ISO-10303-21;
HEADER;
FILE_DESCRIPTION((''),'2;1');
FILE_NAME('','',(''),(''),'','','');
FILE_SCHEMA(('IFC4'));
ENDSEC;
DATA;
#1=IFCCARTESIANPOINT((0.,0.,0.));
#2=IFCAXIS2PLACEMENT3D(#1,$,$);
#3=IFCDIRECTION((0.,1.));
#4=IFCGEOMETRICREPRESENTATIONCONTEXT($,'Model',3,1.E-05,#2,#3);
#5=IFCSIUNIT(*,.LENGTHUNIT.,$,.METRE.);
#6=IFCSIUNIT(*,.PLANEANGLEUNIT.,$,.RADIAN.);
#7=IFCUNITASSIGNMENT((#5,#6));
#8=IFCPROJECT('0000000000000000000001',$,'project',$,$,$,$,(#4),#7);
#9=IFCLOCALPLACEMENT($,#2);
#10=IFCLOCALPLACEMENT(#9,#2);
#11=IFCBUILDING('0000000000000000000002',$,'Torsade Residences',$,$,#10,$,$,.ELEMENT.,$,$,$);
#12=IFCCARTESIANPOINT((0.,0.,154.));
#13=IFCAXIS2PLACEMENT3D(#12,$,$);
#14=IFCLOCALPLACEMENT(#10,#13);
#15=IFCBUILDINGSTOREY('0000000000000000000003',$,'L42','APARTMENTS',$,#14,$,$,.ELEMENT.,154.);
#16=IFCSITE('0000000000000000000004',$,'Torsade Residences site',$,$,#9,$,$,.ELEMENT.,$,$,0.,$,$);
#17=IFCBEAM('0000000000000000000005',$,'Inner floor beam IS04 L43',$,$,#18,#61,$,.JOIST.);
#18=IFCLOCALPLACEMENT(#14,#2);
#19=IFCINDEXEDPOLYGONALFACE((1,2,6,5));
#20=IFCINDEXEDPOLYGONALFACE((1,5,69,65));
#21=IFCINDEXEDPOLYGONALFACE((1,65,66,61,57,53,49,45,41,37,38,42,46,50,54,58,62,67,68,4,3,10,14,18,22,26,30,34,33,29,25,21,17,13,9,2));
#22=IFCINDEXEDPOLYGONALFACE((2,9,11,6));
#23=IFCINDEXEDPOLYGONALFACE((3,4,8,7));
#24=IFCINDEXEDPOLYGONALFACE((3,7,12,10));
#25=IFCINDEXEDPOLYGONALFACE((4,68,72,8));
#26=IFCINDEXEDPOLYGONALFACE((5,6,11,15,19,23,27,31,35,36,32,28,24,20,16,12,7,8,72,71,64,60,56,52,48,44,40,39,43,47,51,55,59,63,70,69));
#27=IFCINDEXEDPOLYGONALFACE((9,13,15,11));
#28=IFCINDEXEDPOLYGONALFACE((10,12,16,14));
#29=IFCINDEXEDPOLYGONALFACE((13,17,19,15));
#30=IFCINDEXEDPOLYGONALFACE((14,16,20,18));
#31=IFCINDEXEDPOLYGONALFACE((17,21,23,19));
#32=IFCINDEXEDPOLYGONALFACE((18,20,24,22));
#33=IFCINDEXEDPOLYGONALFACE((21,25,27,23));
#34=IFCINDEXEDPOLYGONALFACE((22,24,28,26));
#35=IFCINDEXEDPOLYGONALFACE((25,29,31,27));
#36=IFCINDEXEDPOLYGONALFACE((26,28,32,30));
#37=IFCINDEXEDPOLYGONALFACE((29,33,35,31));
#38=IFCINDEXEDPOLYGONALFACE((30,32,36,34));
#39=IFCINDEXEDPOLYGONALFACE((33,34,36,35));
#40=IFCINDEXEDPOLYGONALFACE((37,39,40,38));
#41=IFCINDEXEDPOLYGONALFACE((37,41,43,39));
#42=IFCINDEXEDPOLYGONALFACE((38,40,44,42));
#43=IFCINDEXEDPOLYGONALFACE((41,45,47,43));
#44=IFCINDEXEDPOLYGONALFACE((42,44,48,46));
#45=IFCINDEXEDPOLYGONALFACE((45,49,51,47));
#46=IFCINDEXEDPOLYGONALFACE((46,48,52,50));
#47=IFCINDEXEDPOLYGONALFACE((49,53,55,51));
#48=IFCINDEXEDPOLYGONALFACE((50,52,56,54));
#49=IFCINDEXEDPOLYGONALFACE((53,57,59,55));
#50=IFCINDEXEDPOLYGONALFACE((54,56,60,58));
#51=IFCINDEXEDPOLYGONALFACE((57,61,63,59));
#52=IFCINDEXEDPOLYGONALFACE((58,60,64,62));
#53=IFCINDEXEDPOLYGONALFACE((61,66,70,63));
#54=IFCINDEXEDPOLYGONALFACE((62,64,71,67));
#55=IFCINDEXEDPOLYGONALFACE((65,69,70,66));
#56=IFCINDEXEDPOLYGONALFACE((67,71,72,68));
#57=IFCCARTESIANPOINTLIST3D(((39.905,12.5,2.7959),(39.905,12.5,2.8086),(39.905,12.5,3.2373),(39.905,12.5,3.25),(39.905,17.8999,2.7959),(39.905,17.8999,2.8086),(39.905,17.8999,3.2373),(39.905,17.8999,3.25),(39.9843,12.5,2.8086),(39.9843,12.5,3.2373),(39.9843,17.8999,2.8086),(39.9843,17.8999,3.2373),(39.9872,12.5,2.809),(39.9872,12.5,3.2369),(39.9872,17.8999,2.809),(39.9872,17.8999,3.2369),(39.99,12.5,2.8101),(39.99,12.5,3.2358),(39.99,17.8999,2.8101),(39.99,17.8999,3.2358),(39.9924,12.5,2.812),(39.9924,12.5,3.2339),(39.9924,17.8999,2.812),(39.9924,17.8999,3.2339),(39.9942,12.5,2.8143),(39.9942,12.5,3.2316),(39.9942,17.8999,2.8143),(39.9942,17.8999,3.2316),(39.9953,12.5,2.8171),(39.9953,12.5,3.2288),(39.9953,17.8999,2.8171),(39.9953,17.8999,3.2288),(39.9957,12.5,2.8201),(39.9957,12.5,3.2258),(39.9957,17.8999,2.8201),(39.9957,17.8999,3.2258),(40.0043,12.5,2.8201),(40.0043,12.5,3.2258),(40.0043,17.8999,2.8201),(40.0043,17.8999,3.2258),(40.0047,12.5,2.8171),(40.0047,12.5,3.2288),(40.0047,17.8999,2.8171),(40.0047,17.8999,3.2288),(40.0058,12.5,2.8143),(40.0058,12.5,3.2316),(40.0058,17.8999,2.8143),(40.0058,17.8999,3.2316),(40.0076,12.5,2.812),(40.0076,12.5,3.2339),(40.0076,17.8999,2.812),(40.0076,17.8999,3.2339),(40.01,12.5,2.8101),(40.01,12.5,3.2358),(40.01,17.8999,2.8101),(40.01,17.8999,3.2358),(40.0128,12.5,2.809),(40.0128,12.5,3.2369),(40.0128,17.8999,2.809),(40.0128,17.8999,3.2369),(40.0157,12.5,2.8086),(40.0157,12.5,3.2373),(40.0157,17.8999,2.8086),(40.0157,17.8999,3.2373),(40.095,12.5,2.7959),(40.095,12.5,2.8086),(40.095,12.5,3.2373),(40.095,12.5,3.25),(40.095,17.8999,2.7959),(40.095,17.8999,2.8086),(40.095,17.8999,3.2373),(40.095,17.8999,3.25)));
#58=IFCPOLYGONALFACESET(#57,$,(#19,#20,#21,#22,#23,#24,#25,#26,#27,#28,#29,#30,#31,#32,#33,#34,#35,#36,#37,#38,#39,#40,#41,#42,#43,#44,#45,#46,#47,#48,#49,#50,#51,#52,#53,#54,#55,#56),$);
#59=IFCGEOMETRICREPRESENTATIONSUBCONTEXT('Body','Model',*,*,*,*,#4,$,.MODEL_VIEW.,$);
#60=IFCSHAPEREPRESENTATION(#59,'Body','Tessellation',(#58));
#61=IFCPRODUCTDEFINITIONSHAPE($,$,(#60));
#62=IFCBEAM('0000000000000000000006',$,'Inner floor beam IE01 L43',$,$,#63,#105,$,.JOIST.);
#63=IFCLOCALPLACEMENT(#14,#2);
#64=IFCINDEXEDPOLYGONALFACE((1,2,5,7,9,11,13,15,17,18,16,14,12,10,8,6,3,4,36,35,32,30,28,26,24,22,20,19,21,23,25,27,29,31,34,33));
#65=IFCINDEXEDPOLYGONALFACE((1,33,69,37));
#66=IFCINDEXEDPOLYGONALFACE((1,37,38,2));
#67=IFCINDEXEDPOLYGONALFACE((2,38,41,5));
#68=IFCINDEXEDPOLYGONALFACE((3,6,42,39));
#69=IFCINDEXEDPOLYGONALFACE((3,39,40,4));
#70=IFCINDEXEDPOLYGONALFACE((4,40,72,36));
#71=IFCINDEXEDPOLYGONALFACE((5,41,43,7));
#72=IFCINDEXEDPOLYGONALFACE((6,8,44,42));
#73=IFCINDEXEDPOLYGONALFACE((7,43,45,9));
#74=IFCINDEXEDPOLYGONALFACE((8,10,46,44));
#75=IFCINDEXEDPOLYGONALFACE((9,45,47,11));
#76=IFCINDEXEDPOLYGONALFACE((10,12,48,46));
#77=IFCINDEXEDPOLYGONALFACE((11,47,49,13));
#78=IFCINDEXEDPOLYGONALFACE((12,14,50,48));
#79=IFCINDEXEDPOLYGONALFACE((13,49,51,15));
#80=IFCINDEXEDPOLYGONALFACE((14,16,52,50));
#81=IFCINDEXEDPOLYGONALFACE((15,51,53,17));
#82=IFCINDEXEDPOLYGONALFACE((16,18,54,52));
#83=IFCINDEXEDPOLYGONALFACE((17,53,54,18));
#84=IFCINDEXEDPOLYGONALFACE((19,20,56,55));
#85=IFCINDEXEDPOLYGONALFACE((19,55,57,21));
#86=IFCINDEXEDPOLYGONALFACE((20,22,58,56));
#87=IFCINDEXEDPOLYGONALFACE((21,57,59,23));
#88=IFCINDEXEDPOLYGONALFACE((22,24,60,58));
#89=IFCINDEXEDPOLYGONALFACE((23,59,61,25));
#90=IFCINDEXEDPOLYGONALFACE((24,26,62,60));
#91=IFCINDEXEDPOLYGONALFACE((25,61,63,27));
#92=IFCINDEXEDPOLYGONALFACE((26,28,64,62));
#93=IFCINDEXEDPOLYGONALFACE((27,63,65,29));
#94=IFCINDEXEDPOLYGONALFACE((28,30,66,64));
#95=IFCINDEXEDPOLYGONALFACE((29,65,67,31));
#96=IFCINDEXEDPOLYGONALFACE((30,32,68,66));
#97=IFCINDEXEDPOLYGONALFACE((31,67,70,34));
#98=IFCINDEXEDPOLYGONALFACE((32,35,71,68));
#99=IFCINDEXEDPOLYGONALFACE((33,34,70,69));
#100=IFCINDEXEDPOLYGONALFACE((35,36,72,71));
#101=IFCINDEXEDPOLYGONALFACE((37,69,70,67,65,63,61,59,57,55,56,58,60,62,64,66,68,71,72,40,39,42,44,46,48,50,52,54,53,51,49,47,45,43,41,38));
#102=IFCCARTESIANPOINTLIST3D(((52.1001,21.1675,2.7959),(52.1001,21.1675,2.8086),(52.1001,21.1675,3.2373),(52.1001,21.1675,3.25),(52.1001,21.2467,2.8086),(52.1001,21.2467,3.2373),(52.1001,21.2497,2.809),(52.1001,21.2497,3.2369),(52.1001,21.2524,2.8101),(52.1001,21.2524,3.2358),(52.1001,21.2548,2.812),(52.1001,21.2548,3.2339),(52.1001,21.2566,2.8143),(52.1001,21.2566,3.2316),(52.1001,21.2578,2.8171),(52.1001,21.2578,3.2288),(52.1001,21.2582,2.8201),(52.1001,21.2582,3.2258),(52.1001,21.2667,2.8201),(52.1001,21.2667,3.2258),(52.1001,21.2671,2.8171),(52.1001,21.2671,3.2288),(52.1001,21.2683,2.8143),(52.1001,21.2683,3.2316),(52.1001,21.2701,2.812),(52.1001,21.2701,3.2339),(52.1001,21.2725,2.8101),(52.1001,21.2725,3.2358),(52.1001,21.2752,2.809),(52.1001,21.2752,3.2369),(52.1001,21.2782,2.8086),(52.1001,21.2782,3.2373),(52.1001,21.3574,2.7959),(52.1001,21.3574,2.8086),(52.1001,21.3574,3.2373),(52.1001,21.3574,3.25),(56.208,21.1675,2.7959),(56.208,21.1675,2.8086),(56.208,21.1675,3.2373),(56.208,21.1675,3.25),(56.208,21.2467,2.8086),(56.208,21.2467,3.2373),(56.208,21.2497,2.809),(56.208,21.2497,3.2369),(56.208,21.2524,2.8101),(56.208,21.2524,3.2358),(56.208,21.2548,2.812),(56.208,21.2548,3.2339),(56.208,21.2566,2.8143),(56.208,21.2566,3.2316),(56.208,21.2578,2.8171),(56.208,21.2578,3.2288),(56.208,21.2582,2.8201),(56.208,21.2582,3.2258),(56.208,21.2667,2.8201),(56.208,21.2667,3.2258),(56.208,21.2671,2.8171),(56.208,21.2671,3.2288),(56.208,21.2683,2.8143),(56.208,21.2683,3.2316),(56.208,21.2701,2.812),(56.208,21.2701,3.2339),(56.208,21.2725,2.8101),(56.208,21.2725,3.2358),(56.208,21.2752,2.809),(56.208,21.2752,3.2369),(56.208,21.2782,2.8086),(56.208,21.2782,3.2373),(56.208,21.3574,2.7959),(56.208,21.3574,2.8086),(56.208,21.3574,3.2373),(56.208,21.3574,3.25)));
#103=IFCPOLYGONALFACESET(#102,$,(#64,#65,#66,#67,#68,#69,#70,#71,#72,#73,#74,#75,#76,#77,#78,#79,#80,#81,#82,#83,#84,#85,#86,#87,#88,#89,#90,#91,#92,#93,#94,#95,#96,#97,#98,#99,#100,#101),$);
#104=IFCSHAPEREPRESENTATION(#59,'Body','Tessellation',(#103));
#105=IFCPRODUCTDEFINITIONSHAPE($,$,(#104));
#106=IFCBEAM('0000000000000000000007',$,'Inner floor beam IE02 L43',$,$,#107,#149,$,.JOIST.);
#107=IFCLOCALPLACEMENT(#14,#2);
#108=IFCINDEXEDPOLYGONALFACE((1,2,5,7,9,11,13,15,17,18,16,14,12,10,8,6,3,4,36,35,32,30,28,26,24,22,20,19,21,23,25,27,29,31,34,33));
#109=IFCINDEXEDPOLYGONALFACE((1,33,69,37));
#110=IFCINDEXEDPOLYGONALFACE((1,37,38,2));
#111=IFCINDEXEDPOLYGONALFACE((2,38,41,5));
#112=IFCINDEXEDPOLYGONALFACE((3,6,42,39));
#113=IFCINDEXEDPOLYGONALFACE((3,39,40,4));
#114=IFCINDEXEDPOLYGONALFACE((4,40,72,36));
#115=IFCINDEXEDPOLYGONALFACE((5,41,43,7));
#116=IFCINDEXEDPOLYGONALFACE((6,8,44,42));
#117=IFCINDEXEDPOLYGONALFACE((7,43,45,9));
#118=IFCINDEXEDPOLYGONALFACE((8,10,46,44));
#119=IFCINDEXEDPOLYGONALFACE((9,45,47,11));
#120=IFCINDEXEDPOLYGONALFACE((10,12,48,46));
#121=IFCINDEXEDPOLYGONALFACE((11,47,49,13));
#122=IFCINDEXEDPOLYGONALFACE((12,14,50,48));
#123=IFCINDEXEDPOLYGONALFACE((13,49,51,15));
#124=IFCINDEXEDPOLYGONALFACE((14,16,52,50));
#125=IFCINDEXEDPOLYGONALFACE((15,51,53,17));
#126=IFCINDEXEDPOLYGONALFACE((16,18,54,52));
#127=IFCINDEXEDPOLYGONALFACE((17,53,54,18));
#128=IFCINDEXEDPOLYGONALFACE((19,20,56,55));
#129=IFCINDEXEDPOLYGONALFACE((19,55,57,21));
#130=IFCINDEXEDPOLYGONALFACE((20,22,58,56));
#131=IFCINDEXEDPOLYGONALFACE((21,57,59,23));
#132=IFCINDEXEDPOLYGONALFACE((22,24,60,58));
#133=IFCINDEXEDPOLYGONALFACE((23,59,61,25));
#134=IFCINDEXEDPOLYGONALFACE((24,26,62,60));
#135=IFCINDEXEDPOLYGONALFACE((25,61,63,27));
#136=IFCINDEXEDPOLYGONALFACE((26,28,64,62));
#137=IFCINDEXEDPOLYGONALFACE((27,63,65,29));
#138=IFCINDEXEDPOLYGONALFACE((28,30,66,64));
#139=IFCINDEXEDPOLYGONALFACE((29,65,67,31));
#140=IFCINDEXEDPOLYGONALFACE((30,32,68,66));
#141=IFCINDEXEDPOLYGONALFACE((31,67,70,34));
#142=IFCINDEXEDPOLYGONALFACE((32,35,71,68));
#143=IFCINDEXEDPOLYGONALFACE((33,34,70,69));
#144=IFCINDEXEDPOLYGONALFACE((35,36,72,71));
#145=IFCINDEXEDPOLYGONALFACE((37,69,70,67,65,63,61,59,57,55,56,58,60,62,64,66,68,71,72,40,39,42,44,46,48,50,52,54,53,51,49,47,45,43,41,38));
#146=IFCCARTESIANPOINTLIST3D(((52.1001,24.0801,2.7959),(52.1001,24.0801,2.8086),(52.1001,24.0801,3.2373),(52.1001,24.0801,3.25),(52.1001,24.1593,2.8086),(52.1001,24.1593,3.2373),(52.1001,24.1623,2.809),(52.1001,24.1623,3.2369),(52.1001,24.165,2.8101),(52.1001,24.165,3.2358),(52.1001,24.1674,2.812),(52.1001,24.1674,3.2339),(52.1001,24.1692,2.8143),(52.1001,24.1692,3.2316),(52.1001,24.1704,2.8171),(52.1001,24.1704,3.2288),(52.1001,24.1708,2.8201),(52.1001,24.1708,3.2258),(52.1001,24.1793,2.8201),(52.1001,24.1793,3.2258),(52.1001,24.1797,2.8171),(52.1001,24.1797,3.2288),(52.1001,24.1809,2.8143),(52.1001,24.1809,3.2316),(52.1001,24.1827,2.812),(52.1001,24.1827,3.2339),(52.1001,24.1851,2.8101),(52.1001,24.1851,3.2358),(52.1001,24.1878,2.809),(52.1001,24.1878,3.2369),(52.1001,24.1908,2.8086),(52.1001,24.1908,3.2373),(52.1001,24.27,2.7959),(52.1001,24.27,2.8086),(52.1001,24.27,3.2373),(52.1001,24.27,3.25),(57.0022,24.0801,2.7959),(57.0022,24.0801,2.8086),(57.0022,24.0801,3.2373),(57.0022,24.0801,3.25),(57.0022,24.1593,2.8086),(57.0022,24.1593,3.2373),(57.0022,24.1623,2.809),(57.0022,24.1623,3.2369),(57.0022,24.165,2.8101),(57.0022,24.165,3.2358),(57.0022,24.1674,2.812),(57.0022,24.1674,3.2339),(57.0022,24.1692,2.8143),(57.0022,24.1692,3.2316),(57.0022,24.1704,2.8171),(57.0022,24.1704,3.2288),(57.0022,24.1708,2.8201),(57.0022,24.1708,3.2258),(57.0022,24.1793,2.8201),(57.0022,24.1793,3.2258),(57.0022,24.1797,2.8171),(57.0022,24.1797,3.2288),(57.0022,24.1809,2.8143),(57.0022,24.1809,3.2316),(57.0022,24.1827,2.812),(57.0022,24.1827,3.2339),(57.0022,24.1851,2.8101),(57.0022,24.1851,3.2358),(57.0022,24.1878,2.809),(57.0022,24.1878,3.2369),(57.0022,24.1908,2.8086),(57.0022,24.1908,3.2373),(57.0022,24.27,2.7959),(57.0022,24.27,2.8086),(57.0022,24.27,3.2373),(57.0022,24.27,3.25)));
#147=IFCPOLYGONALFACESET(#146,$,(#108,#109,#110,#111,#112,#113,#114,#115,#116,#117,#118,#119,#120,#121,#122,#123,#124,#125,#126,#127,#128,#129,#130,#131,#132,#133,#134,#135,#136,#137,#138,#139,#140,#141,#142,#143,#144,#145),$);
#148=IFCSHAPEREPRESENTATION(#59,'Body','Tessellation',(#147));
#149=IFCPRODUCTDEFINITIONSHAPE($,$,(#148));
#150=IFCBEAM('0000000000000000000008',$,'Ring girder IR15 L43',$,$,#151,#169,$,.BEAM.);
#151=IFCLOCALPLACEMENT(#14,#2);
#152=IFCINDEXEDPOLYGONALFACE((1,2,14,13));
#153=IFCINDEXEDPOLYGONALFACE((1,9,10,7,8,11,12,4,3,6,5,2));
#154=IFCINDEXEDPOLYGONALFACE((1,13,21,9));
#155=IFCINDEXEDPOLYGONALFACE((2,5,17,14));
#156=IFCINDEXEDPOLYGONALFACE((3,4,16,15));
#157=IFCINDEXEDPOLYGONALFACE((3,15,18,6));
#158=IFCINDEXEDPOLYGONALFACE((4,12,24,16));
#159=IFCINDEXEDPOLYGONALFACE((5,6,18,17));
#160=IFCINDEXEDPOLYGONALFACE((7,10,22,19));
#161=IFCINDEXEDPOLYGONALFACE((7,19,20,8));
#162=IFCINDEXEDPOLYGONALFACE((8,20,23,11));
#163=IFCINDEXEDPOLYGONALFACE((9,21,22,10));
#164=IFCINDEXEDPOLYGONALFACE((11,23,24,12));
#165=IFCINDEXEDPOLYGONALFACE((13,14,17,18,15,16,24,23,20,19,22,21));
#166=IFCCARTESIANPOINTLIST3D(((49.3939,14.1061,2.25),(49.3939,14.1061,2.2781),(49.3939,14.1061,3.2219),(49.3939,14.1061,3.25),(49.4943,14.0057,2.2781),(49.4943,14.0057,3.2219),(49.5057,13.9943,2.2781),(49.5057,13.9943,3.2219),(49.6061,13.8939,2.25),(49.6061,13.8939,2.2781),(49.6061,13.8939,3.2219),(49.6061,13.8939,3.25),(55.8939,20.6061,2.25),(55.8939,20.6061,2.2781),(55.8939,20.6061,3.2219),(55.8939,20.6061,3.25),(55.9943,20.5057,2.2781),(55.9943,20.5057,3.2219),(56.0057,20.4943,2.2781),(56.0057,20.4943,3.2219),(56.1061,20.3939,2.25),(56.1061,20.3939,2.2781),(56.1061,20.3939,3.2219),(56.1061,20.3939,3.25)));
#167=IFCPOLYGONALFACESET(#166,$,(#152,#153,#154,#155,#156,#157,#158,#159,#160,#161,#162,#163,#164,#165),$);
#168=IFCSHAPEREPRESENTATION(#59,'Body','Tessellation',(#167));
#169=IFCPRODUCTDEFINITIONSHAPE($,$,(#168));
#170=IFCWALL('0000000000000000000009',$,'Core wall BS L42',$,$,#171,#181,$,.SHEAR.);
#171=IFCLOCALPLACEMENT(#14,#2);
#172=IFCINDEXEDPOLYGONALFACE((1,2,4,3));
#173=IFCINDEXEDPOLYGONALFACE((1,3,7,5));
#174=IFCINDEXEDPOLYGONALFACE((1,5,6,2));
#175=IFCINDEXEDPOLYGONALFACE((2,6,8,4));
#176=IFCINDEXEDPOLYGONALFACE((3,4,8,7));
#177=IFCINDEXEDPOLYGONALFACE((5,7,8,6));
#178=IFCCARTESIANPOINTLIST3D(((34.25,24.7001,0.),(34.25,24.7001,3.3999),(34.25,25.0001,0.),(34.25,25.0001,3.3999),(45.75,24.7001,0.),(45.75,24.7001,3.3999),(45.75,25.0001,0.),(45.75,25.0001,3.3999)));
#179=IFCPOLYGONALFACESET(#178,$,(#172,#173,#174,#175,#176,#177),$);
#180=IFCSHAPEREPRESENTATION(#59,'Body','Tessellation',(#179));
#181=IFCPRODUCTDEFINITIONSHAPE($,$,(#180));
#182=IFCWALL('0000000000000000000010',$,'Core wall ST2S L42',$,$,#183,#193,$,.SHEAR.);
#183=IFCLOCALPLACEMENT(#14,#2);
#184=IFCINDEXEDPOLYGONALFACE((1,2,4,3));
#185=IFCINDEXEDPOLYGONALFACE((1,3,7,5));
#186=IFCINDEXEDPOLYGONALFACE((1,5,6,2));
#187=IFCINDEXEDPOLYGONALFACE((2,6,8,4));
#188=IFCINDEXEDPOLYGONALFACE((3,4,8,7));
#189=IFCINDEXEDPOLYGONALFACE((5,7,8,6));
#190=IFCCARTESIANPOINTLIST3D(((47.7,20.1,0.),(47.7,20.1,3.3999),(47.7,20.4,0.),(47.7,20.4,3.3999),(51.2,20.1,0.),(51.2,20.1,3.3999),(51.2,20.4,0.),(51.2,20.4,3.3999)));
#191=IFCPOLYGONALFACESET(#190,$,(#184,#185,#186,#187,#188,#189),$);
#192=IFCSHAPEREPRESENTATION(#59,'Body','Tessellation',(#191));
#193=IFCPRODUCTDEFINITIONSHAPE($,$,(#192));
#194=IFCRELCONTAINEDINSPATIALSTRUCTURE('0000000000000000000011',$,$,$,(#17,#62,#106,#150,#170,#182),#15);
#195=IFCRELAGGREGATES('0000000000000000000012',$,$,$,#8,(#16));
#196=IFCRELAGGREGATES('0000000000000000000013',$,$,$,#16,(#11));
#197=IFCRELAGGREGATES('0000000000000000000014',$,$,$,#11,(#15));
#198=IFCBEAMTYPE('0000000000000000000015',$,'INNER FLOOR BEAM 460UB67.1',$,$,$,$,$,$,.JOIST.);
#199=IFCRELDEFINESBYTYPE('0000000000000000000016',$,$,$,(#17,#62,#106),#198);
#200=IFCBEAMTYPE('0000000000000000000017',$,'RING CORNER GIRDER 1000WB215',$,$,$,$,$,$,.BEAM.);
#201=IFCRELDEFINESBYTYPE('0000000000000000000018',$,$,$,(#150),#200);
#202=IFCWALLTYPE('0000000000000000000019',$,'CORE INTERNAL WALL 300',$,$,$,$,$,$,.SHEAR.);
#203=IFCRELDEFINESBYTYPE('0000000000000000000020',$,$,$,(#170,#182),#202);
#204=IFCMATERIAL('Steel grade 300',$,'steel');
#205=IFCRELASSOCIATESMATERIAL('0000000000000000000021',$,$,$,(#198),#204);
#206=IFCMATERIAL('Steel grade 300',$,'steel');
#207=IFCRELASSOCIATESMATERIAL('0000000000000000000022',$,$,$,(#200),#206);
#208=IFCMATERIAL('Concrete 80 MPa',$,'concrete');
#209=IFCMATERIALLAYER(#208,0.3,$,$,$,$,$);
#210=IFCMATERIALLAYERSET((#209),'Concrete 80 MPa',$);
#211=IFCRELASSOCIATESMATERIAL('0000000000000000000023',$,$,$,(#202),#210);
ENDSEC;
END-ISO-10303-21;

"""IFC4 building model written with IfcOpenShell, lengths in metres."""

from ifc_helpers import new_model, si_unit, direction, frame, frame_2d, origin, origin_2d, place, context, subcontext, project, spatial, rectangle, i_section, extrude, material, layer, layer_set, material_profile, profile_set, type_object, element, save


model = new_model("IFC4")

# Units and contexts
model_context = context("Model", 3, precision=1e-05, world=origin(), true_north=direction((0.0, 1.0)))
body_context = subcontext(model_context, "Body", "Model", "MODEL_VIEW")
ifc_project = project(units=[si_unit("LENGTHUNIT", "METRE"), si_unit("PLANEANGLEUNIT", "RADIAN")], contexts=[model_context])

# Site, building, storey
site_placement = place(None, origin())
site = spatial("IfcSite", under=ifc_project, at=site_placement, Name="Torsade Residences site", CompositionType="ELEMENT", RefElevation=0.0)
building_placement = place(site_placement, origin())
building = spatial("IfcBuilding", under=site, at=building_placement, Name="Torsade Residences", CompositionType="ELEMENT")
storey_placement = place(building_placement, frame((0.0, 0.0, 154.0)))
storey = spatial("IfcBuildingStorey", under=building, at=storey_placement, Name="L42", Description="APARTMENTS", CompositionType="ELEMENT", Elevation=154.0)

# Beams
ifc_material_1 = material(Name="Steel grade 300", Category="steel")
ifc_material_profile_1 = material_profile(ifc_material_1, i_section(OverallWidth=0.1899, OverallDepth=0.4541, WebThickness=0.0085, FlangeThickness=0.0127, FilletRadius=0.0115, at=origin_2d()), Name="460UB67.1")
ifc_profile_set_1 = profile_set([ifc_material_profile_1], Name="Steel grade 300")
beam_type_1 = type_object("IfcBeamType", Name="INNER FLOOR BEAM 460UB67.1", PredefinedType="JOIST", material=ifc_profile_set_1)
for number, where, z_axis, x_axis, name in (
    (1, (40.0, 17.8999, 3.0229), (0.0, -1.0, 0.0), (1.0, 0.0, 0.0), "Inner floor beam IS04 L43"),
):
    element("IfcBeam", number, at=place(storey_placement, frame(where, z_axis=z_axis, x_axis=x_axis)), inside=storey, type_object=beam_type_1, Name=name, PredefinedType="JOIST", context=body_context, shape_type="SweptSolid", body=[
        extrude(i_section(OverallWidth=0.1899, OverallDepth=0.4541, WebThickness=0.0085, FlangeThickness=0.0127, FilletRadius=0.0115, at=origin_2d()), origin(), (0.0, 0.0, 1.0), 5.3999),
    ])
beam_1_placement = place(storey_placement, frame((52.1001, 21.2625, 3.0229), z_axis=(1.0, 0.0, 0.0), x_axis=(0.0, 1.0, 0.0)))
element("IfcBeam", 2, at=beam_1_placement, inside=storey, type_object=beam_type_1, Name="Inner floor beam IE01 L43", PredefinedType="JOIST", context=body_context, shape_type="SweptSolid", body=[
    extrude(i_section(OverallWidth=0.1899, OverallDepth=0.4541, WebThickness=0.0085, FlangeThickness=0.0127, FilletRadius=0.0115, at=origin_2d()), origin(), (0.0, 0.0, 1.0), 4.1079),
])
beam_2_placement = place(storey_placement, frame((52.1001, 24.175, 3.0229), z_axis=(1.0, 0.0, 0.0), x_axis=(0.0, 1.0, 0.0)))
element("IfcBeam", 3, at=beam_2_placement, inside=storey, type_object=beam_type_1, Name="Inner floor beam IE02 L43", PredefinedType="JOIST", context=body_context, shape_type="SweptSolid", body=[
    extrude(i_section(OverallWidth=0.1899, OverallDepth=0.4541, WebThickness=0.0085, FlangeThickness=0.0127, FilletRadius=0.0115, at=origin_2d()), origin(), (0.0, 0.0, 1.0), 4.9021),
])
ifc_material_2 = material(Name="Steel grade 300", Category="steel")
ifc_material_profile_2 = material_profile(ifc_material_2, i_section(OverallWidth=0.3, OverallDepth=1.0, WebThickness=0.0161, FlangeThickness=0.0281, at=origin_2d()), Name="1000WB215")
ifc_profile_set_2 = profile_set([ifc_material_profile_2], Name="Steel grade 300")
beam_type_2 = type_object("IfcBeamType", Name="RING CORNER GIRDER 1000WB215", PredefinedType="BEAM", material=ifc_profile_set_2)
beam_3_placement = place(storey_placement, frame((49.5, 14.0, 2.75), z_axis=(0.707107, 0.707107, 0.0), x_axis=(-0.707107, 0.707107, 0.0)))
element("IfcBeam", 4, at=beam_3_placement, inside=storey, type_object=beam_type_2, Name="Ring girder IR15 L43", PredefinedType="BEAM", context=body_context, shape_type="SweptSolid", body=[
    extrude(i_section(OverallWidth=0.3, OverallDepth=1.0, WebThickness=0.0161, FlangeThickness=0.0281, at=origin_2d()), origin(), (0.0, 0.0, 1.0), 9.1924),
])

# Walls
ifc_material_3 = material(Name="Concrete 80 MPa", Category="concrete")
ifc_layer_1 = layer(ifc_material_3, 0.3)
ifc_layer_set_1 = layer_set([ifc_layer_1], Name="Concrete 80 MPa")
wall_type_1 = type_object("IfcWallType", Name="CORE INTERNAL WALL 300", PredefinedType="SHEAR", material=ifc_layer_set_1)
wall_1_placement = place(storey_placement, frame((45.75, 24.8501, 0.0), z_axis=(0.0, 0.0, 1.0), x_axis=(-1.0, 0.0, 0.0)))
element("IfcWall", 5, at=wall_1_placement, inside=storey, type_object=wall_type_1, Name="Core wall BS L42", PredefinedType="SHEAR", context=body_context, shape_type="SweptSolid", body=[
    extrude(rectangle(XDim=11.5, YDim=0.3, at=frame_2d((5.75, 0.0))), origin(), (0.0, 0.0, 1.0), 3.3999),
])
wall_2_placement = place(storey_placement, frame((51.2, 20.25, 0.0), z_axis=(0.0, 0.0, 1.0), x_axis=(-1.0, 0.0, 0.0)))
element("IfcWall", 6, at=wall_2_placement, inside=storey, type_object=wall_type_1, Name="Core wall ST2S L42", PredefinedType="SHEAR", context=body_context, shape_type="SweptSolid", body=[
    extrude(rectangle(XDim=3.5, YDim=0.3, at=frame_2d((1.75, 0.0))), origin(), (0.0, 0.0, 1.0), 3.3999),
])

save(model, "model.ifc")
